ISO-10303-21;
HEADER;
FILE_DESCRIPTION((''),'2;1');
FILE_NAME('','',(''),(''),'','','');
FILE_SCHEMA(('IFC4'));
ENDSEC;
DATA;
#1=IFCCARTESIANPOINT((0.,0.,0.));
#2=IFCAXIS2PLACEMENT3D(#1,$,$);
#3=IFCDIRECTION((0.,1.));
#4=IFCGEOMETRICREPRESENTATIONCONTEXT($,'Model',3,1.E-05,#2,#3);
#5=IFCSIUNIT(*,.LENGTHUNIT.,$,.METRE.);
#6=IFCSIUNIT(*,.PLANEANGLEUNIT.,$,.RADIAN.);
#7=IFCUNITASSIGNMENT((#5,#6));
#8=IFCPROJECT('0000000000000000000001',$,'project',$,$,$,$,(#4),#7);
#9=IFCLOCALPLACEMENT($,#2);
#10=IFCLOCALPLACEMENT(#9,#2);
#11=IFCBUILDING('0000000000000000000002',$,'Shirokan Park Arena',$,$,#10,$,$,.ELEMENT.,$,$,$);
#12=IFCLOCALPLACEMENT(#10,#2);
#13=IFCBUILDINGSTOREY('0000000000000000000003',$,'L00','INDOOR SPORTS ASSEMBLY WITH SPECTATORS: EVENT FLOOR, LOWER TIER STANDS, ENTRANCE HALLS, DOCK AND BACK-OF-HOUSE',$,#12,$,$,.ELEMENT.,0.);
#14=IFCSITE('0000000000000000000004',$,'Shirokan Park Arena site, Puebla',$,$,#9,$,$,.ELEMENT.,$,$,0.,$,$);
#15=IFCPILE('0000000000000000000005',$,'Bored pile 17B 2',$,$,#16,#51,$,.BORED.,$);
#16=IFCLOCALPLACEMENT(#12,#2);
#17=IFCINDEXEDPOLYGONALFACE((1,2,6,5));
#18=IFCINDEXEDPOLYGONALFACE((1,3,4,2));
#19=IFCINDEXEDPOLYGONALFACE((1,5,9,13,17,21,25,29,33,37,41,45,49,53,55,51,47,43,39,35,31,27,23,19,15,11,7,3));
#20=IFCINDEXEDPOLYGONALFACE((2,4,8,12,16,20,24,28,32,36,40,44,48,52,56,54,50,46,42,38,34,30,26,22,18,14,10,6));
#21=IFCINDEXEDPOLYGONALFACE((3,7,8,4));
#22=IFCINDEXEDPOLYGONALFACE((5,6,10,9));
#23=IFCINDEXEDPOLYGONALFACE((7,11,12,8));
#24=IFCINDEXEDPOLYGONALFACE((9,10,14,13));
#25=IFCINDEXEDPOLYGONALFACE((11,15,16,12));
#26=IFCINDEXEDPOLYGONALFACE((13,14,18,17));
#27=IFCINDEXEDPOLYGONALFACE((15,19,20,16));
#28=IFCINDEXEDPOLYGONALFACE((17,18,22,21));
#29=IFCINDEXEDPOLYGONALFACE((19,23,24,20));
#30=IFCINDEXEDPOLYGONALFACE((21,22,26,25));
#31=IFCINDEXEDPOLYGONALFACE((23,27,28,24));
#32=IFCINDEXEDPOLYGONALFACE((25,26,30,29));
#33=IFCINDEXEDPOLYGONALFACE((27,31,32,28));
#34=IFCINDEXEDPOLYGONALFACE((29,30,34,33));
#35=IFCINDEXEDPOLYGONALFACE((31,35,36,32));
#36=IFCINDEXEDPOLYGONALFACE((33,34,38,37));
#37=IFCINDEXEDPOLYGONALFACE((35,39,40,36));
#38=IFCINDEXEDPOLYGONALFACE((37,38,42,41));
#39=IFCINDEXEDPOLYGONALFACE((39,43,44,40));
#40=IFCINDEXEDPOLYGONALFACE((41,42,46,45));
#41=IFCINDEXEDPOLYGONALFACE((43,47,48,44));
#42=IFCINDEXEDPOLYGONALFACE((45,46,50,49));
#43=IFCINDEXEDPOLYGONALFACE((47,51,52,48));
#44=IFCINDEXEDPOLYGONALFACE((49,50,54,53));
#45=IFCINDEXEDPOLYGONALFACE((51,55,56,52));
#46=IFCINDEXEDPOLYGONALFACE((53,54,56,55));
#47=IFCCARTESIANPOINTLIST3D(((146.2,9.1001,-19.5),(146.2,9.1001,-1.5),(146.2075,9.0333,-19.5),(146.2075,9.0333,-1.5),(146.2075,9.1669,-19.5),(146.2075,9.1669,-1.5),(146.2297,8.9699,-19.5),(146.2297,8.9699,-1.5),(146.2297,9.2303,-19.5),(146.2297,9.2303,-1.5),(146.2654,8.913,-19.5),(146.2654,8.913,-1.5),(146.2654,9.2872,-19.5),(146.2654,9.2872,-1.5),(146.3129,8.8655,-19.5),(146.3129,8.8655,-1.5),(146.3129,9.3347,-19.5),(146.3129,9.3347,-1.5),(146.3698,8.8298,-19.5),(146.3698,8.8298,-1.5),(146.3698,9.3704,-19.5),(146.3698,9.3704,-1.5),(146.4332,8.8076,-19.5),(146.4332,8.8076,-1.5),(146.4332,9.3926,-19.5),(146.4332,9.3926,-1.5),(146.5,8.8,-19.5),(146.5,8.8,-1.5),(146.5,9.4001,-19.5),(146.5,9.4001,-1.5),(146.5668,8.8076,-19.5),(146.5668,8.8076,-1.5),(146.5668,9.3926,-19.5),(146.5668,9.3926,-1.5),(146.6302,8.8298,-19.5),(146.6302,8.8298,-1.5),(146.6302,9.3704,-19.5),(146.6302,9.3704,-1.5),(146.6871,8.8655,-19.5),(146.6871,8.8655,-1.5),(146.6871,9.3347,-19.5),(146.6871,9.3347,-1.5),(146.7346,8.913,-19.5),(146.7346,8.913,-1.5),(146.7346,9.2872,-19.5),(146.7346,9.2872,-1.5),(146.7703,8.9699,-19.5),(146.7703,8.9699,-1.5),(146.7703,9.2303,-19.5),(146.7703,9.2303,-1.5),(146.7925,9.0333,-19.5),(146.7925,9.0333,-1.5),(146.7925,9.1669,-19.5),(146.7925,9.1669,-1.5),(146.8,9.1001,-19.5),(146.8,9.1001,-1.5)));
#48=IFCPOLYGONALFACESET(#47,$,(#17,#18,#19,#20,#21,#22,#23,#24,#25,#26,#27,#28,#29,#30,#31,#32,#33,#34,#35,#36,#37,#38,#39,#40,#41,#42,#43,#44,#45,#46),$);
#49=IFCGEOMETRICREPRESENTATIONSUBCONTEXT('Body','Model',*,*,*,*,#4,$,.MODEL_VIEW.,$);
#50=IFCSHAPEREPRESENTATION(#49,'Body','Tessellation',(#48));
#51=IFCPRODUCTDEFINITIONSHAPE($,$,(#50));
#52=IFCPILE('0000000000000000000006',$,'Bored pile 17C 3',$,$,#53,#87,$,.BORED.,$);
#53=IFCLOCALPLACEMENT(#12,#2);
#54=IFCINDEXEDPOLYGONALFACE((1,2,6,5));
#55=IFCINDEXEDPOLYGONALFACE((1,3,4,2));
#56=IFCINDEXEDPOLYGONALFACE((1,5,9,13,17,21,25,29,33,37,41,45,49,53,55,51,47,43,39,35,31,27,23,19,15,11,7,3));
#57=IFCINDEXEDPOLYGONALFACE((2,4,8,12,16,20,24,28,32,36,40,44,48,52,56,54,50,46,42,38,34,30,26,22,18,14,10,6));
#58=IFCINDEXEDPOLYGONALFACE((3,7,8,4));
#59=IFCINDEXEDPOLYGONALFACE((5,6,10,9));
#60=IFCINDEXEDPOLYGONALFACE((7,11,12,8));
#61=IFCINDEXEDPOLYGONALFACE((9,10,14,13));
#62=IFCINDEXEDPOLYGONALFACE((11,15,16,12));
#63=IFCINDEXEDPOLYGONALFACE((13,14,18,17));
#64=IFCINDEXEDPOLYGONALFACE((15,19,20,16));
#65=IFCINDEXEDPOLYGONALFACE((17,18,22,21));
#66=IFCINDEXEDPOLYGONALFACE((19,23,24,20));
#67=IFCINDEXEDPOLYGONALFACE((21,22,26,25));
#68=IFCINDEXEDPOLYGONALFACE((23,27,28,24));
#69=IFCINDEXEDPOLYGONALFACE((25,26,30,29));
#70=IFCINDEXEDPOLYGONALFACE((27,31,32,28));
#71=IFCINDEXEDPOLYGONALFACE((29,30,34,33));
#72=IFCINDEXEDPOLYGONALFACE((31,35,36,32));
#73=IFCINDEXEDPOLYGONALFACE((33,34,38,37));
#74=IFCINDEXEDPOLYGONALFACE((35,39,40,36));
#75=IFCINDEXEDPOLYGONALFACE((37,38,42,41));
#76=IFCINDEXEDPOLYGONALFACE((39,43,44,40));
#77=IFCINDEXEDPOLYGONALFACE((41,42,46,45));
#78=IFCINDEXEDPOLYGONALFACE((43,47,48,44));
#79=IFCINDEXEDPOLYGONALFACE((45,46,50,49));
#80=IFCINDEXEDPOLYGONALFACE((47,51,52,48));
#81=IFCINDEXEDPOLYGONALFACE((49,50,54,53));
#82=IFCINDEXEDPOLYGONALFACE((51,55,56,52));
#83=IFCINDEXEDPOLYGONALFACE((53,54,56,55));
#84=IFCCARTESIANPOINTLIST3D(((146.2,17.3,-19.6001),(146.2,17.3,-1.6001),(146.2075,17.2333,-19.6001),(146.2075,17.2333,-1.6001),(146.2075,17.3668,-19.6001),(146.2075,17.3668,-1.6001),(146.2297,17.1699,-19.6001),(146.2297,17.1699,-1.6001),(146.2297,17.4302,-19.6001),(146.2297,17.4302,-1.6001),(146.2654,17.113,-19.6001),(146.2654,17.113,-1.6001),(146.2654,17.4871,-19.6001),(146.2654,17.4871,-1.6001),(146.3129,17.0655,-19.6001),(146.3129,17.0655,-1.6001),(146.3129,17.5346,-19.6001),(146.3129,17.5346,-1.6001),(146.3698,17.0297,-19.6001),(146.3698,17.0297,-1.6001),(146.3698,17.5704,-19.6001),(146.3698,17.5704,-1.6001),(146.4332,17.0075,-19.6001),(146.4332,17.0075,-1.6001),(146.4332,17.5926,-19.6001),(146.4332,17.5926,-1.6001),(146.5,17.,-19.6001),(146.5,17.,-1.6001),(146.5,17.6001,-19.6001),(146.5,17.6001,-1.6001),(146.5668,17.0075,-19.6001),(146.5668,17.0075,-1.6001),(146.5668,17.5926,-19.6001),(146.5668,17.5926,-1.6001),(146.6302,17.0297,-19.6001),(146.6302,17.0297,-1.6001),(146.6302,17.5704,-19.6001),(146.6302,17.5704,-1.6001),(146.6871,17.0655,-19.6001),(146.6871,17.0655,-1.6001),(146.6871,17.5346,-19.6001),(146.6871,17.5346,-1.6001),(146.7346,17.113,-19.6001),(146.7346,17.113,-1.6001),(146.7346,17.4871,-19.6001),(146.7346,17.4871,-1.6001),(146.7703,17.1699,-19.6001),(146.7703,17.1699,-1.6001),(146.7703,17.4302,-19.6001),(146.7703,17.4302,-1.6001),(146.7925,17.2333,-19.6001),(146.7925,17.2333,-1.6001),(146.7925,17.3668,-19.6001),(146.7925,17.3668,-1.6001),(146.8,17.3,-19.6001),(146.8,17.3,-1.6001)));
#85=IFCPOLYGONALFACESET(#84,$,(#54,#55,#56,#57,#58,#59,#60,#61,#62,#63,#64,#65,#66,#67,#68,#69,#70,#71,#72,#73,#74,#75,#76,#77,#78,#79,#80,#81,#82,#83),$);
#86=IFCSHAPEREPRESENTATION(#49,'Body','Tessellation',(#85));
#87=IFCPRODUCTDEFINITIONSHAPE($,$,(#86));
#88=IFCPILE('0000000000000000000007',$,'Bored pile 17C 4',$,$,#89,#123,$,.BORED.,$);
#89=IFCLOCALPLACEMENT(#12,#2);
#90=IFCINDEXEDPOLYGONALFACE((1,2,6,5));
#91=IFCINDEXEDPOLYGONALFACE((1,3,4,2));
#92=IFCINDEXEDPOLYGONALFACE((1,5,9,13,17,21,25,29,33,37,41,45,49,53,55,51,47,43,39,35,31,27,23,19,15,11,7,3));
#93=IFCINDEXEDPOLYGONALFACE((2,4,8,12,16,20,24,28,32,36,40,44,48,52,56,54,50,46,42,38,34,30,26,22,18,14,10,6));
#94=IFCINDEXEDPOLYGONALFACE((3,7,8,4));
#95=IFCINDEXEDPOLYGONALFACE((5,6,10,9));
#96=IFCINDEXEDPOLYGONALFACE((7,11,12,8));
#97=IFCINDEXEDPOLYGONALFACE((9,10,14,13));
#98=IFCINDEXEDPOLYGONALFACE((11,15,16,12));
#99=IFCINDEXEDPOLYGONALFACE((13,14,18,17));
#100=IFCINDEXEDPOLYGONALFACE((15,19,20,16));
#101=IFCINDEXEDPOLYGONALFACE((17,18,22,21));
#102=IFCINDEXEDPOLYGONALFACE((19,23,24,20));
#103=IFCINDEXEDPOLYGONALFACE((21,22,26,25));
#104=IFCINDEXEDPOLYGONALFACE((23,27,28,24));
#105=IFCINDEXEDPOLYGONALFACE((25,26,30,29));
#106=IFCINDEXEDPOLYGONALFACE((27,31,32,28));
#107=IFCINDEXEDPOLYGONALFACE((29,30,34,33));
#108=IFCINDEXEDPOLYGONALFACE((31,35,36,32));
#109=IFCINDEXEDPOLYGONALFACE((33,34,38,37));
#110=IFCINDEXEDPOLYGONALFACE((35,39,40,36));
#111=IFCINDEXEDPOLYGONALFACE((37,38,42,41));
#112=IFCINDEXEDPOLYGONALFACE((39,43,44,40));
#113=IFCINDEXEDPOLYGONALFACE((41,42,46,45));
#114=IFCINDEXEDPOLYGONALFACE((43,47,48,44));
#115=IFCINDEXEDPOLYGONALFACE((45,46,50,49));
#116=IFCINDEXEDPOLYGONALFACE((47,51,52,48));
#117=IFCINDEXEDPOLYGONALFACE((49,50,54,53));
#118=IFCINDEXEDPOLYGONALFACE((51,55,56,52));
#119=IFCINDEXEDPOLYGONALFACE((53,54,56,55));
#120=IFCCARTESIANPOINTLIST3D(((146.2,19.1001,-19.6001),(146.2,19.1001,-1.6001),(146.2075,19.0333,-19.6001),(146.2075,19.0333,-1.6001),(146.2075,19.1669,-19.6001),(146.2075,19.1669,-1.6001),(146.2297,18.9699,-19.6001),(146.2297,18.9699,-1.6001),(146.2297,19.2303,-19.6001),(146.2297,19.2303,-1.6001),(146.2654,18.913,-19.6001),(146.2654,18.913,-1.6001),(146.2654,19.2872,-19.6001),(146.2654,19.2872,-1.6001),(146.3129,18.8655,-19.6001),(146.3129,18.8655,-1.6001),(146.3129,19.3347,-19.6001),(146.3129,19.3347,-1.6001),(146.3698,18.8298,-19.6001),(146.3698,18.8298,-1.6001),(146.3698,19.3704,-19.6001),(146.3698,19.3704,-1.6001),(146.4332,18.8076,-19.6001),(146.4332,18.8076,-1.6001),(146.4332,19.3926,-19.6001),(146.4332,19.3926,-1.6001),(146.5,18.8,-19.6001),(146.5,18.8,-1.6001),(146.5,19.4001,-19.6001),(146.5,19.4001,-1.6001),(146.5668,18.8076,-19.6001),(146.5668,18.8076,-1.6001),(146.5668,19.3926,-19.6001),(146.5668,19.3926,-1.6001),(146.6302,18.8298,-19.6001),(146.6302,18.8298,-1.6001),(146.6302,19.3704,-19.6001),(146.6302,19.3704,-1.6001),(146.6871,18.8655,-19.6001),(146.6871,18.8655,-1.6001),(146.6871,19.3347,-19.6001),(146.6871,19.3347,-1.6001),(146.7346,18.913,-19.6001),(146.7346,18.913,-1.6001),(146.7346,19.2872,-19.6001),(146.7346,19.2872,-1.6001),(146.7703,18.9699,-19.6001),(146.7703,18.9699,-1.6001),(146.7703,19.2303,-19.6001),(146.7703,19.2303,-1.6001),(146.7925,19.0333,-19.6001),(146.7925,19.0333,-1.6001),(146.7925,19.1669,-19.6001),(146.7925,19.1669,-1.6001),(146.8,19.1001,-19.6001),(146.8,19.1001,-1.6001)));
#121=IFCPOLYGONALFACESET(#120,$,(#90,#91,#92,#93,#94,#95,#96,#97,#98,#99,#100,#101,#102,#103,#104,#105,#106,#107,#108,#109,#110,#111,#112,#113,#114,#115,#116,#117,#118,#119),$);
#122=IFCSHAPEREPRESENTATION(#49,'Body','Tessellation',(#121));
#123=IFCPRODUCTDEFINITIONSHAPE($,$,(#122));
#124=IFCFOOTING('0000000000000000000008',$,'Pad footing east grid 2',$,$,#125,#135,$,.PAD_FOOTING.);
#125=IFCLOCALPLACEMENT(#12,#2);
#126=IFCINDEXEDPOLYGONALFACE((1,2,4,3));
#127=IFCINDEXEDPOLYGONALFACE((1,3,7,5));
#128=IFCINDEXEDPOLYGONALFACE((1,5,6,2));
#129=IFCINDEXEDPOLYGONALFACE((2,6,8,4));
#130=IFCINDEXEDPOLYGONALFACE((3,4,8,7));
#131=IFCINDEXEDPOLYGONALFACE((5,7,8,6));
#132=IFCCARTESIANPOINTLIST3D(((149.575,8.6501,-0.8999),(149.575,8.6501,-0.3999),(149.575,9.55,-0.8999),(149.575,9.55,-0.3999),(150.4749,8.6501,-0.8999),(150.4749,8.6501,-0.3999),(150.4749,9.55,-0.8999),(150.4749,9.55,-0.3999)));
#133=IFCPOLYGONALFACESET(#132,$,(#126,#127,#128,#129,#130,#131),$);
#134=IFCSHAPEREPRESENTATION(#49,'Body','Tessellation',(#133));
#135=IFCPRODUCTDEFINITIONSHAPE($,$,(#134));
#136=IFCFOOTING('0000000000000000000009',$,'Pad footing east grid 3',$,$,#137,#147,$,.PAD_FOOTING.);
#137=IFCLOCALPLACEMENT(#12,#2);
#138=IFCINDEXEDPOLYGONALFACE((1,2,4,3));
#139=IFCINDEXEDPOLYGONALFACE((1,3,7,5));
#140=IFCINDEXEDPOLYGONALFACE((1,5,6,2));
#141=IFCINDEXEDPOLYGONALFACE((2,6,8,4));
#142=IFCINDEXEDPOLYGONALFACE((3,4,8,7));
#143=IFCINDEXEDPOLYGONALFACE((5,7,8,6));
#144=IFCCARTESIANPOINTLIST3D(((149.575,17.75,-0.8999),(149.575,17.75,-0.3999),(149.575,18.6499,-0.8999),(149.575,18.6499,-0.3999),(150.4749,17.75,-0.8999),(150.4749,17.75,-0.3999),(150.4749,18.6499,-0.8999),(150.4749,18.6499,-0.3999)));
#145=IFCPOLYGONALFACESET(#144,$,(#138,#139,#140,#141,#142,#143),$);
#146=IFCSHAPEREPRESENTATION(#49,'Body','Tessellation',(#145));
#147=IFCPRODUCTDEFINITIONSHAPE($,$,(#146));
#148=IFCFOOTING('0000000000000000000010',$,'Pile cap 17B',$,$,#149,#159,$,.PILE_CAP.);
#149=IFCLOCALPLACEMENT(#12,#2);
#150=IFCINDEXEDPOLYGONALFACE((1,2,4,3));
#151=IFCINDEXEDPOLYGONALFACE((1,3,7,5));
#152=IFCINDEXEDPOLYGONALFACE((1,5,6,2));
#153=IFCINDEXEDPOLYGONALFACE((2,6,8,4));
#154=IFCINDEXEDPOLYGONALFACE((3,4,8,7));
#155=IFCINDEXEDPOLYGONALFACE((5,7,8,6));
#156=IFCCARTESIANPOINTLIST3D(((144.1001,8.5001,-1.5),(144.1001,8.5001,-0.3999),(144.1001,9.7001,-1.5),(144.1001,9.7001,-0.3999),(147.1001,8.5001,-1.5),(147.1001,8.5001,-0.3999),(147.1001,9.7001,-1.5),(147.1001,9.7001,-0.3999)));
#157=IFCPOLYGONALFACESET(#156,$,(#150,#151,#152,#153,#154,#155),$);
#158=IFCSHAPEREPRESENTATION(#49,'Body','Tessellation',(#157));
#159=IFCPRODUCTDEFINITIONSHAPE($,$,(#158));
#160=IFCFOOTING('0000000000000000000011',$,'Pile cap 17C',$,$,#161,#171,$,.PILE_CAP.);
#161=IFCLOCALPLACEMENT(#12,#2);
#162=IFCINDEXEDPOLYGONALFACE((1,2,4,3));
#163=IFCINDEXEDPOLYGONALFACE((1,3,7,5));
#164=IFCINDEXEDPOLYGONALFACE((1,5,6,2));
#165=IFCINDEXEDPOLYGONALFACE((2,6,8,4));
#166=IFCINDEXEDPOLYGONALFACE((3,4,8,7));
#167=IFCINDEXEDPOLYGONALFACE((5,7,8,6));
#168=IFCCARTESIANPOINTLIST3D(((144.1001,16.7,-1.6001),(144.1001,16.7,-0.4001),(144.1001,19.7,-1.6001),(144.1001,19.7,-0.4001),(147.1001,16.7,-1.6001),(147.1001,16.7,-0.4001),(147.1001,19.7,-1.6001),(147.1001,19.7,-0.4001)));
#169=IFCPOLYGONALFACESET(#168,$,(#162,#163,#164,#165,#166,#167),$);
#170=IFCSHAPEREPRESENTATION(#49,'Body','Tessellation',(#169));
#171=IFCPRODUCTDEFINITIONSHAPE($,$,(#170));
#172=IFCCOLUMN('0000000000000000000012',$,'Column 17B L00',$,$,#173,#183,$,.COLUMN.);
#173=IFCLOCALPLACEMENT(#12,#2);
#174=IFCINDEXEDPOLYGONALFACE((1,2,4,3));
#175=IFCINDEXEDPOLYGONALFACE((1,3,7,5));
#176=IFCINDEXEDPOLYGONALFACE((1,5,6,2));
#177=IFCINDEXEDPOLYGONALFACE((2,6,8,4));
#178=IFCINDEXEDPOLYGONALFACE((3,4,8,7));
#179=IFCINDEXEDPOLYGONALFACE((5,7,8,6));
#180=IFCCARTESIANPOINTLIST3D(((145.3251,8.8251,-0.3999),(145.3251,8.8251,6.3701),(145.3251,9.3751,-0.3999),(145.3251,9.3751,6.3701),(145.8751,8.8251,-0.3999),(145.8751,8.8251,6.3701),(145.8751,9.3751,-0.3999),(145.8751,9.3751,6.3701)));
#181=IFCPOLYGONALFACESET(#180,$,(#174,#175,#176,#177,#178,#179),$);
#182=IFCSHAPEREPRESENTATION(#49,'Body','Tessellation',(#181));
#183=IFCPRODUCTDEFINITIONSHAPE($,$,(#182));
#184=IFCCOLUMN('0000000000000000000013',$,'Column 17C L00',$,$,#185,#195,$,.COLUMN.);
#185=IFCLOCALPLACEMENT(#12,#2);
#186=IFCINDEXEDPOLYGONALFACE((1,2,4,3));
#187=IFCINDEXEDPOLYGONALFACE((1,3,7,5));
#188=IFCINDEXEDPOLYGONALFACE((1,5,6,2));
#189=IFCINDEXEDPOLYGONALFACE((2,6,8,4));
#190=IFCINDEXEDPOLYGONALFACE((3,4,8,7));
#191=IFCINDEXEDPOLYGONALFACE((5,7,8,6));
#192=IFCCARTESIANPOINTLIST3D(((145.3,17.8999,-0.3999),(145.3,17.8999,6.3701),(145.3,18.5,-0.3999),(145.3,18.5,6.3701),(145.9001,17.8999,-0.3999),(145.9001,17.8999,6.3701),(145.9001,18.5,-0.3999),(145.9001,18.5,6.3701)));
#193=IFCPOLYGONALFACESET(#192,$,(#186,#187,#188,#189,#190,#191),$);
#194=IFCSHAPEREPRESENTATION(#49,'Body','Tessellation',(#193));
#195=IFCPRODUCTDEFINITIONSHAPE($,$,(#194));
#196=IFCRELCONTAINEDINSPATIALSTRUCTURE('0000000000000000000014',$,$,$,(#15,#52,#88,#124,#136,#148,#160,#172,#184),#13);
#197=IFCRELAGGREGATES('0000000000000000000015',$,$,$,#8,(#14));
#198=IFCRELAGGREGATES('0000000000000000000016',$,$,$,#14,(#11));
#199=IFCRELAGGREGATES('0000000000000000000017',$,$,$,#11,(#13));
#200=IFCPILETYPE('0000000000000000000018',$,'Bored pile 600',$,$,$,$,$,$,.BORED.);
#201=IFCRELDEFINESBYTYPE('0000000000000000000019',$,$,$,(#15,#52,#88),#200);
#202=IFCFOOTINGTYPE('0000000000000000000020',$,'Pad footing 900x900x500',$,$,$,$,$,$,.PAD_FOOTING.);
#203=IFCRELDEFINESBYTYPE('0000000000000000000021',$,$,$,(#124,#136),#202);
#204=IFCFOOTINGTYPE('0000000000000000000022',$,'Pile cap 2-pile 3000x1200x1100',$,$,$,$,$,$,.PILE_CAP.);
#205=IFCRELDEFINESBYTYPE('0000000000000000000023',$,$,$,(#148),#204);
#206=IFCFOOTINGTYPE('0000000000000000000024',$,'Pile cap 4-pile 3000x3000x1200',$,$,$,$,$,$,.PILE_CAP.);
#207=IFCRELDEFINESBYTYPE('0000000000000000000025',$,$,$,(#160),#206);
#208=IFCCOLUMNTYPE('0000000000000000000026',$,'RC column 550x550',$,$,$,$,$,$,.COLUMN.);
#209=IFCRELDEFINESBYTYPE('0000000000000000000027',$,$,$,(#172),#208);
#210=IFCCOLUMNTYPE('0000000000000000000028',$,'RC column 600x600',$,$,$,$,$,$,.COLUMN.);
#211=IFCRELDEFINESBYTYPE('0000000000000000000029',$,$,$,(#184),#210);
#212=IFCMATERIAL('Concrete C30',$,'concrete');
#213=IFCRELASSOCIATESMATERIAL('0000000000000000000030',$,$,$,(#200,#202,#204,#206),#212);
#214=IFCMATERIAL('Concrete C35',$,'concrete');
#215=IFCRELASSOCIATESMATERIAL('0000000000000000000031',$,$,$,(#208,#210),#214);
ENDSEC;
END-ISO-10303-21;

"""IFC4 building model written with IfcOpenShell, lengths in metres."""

from ifc_helpers import new_model, si_unit, direction, frame, origin, origin_2d, place, context, subcontext, project, spatial, rectangle, circle, extrude, material, material_profile, profile_set, type_object, element, save


model = new_model("IFC4")

# Units and contexts
model_context = context("Model", 3, precision=1e-05, world=origin(), true_north=direction((0.0, 1.0)))
body_context = subcontext(model_context, "Body", "Model", "MODEL_VIEW")
ifc_project = project(units=[si_unit("LENGTHUNIT", "METRE"), si_unit("PLANEANGLEUNIT", "RADIAN")], contexts=[model_context])

# Site, building, storey
site_placement = place(None, origin())
site = spatial("IfcSite", under=ifc_project, at=site_placement, Name="Shirokan Park Arena site, Puebla", CompositionType="ELEMENT", RefElevation=0.0)
building_placement = place(site_placement, origin())
building = spatial("IfcBuilding", under=site, at=building_placement, Name="Shirokan Park Arena", CompositionType="ELEMENT")
storey_placement = place(building_placement, origin())
storey = spatial("IfcBuildingStorey", under=building, at=storey_placement, Name="L00", Description="INDOOR SPORTS ASSEMBLY WITH SPECTATORS: EVENT FLOOR, LOWER TIER STANDS, ENTRANCE HALLS, DOCK AND BACK-OF-HOUSE", CompositionType="ELEMENT", Elevation=0.0)

# Piles
ifc_material_1 = material(Name="Concrete C30", Category="concrete")
ifc_material_profile_1 = material_profile(ifc_material_1, circle(Radius=0.3, at=origin_2d()), Name="D600")
ifc_profile_set_1 = profile_set([ifc_material_profile_1], Name="Concrete C30")
pile_type = type_object("IfcPileType", Name="Bored pile 600", PredefinedType="BORED", material=ifc_profile_set_1)
for number, where, z_axis, x_axis, name in (
    (1, (146.5, 9.1001, -1.5), (0.0, 0.0, -1.0), (1.0, 0.0, 0.0), "Bored pile 17B 2"),
    (2, (146.5, 17.3, -1.6001), (0.0, 0.0, -1.0), (1.0, 0.0, 0.0), "Bored pile 17C 3"),
    (3, (146.5, 19.1001, -1.6001), (0.0, 0.0, -1.0), (1.0, 0.0, 0.0), "Bored pile 17C 4"),
):
    element("IfcPile", number, at=place(storey_placement, frame(where, z_axis=z_axis, x_axis=x_axis)), inside=storey, type_object=pile_type, Name=name, PredefinedType="BORED", context=body_context, shape_type="SweptSolid", body=[
        extrude(circle(Radius=0.3, at=origin_2d()), origin(), (0.0, 0.0, 1.0), 18.0),
    ])

# Footings
footing_type_1 = type_object("IfcFootingType", Name="Pad footing 900x900x500", PredefinedType="PAD_FOOTING", material=ifc_material_1)
for number, where, z_axis, x_axis, name in (
    (4, (150.0249, 9.1001, -0.8999), (0.0, 0.0, 1.0), (1.0, 0.0, 0.0), "Pad footing east grid 2"),
    (5, (150.0249, 18.2, -0.8999), (0.0, 0.0, 1.0), (1.0, 0.0, 0.0), "Pad footing east grid 3"),
):
    element("IfcFooting", number, at=place(storey_placement, frame(where, z_axis=z_axis, x_axis=x_axis)), inside=storey, type_object=footing_type_1, Name=name, PredefinedType="PAD_FOOTING", context=body_context, shape_type="SweptSolid", body=[
        extrude(rectangle(XDim=0.8999, YDim=0.8999, at=origin_2d()), origin(), (0.0, 0.0, 1.0), 0.5),
    ])
footing_type_2 = type_object("IfcFootingType", Name="Pile cap 2-pile 3000x1200x1100", PredefinedType="PILE_CAP", material=ifc_material_1)
footing_1_placement = place(storey_placement, frame((145.6001, 9.1001, -1.5), z_axis=(0.0, 0.0, 1.0), x_axis=(1.0, 0.0, 0.0)))
element("IfcFooting", 6, at=footing_1_placement, inside=storey, type_object=footing_type_2, Name="Pile cap 17B", PredefinedType="PILE_CAP", context=body_context, shape_type="SweptSolid", body=[
    extrude(rectangle(XDim=3.0, YDim=1.2, at=origin_2d()), origin(), (0.0, 0.0, 1.0), 1.1001),
])
footing_type_3 = type_object("IfcFootingType", Name="Pile cap 4-pile 3000x3000x1200", PredefinedType="PILE_CAP", material=ifc_material_1)
footing_2_placement = place(storey_placement, frame((145.6001, 18.2, -1.6001), z_axis=(0.0, 0.0, 1.0), x_axis=(1.0, 0.0, 0.0)))
element("IfcFooting", 7, at=footing_2_placement, inside=storey, type_object=footing_type_3, Name="Pile cap 17C", PredefinedType="PILE_CAP", context=body_context, shape_type="SweptSolid", body=[
    extrude(rectangle(XDim=3.0, YDim=3.0, at=origin_2d()), origin(), (0.0, 0.0, 1.0), 1.2),
])

# Columns
ifc_material_2 = material(Name="Concrete C35", Category="concrete")
ifc_material_profile_2 = material_profile(ifc_material_2, rectangle(XDim=0.55, YDim=0.55, at=origin_2d()), Name="550x550")
ifc_profile_set_2 = profile_set([ifc_material_profile_2], Name="Concrete C35")
column_type_1 = type_object("IfcColumnType", Name="RC column 550x550", PredefinedType="COLUMN", material=ifc_profile_set_2)
column_1_placement = place(storey_placement, frame((145.6001, 9.1001, -0.3999), z_axis=(0.0, 0.0, 1.0), x_axis=(1.0, 0.0, 0.0)))
element("IfcColumn", 8, at=column_1_placement, inside=storey, type_object=column_type_1, Name="Column 17B L00", PredefinedType="COLUMN", context=body_context, shape_type="SweptSolid", body=[
    extrude(rectangle(XDim=0.55, YDim=0.55, at=origin_2d()), origin(), (0.0, 0.0, 1.0), 6.77),
])
ifc_material_profile_3 = material_profile(ifc_material_2, rectangle(XDim=0.6001, YDim=0.6001, at=origin_2d()), Name="600x600")
ifc_profile_set_3 = profile_set([ifc_material_profile_3], Name="Concrete C35")
column_type_2 = type_object("IfcColumnType", Name="RC column 600x600", PredefinedType="COLUMN", material=ifc_profile_set_3)
column_2_placement = place(storey_placement, frame((145.6001, 18.2, -0.3999), z_axis=(0.0, 0.0, 1.0), x_axis=(1.0, 0.0, 0.0)))
element("IfcColumn", 9, at=column_2_placement, inside=storey, type_object=column_type_2, Name="Column 17C L00", PredefinedType="COLUMN", context=body_context, shape_type="SweptSolid", body=[
    extrude(rectangle(XDim=0.6001, YDim=0.6001, at=origin_2d()), origin(), (0.0, 0.0, 1.0), 6.77),
])

save(model, "model.ifc")
